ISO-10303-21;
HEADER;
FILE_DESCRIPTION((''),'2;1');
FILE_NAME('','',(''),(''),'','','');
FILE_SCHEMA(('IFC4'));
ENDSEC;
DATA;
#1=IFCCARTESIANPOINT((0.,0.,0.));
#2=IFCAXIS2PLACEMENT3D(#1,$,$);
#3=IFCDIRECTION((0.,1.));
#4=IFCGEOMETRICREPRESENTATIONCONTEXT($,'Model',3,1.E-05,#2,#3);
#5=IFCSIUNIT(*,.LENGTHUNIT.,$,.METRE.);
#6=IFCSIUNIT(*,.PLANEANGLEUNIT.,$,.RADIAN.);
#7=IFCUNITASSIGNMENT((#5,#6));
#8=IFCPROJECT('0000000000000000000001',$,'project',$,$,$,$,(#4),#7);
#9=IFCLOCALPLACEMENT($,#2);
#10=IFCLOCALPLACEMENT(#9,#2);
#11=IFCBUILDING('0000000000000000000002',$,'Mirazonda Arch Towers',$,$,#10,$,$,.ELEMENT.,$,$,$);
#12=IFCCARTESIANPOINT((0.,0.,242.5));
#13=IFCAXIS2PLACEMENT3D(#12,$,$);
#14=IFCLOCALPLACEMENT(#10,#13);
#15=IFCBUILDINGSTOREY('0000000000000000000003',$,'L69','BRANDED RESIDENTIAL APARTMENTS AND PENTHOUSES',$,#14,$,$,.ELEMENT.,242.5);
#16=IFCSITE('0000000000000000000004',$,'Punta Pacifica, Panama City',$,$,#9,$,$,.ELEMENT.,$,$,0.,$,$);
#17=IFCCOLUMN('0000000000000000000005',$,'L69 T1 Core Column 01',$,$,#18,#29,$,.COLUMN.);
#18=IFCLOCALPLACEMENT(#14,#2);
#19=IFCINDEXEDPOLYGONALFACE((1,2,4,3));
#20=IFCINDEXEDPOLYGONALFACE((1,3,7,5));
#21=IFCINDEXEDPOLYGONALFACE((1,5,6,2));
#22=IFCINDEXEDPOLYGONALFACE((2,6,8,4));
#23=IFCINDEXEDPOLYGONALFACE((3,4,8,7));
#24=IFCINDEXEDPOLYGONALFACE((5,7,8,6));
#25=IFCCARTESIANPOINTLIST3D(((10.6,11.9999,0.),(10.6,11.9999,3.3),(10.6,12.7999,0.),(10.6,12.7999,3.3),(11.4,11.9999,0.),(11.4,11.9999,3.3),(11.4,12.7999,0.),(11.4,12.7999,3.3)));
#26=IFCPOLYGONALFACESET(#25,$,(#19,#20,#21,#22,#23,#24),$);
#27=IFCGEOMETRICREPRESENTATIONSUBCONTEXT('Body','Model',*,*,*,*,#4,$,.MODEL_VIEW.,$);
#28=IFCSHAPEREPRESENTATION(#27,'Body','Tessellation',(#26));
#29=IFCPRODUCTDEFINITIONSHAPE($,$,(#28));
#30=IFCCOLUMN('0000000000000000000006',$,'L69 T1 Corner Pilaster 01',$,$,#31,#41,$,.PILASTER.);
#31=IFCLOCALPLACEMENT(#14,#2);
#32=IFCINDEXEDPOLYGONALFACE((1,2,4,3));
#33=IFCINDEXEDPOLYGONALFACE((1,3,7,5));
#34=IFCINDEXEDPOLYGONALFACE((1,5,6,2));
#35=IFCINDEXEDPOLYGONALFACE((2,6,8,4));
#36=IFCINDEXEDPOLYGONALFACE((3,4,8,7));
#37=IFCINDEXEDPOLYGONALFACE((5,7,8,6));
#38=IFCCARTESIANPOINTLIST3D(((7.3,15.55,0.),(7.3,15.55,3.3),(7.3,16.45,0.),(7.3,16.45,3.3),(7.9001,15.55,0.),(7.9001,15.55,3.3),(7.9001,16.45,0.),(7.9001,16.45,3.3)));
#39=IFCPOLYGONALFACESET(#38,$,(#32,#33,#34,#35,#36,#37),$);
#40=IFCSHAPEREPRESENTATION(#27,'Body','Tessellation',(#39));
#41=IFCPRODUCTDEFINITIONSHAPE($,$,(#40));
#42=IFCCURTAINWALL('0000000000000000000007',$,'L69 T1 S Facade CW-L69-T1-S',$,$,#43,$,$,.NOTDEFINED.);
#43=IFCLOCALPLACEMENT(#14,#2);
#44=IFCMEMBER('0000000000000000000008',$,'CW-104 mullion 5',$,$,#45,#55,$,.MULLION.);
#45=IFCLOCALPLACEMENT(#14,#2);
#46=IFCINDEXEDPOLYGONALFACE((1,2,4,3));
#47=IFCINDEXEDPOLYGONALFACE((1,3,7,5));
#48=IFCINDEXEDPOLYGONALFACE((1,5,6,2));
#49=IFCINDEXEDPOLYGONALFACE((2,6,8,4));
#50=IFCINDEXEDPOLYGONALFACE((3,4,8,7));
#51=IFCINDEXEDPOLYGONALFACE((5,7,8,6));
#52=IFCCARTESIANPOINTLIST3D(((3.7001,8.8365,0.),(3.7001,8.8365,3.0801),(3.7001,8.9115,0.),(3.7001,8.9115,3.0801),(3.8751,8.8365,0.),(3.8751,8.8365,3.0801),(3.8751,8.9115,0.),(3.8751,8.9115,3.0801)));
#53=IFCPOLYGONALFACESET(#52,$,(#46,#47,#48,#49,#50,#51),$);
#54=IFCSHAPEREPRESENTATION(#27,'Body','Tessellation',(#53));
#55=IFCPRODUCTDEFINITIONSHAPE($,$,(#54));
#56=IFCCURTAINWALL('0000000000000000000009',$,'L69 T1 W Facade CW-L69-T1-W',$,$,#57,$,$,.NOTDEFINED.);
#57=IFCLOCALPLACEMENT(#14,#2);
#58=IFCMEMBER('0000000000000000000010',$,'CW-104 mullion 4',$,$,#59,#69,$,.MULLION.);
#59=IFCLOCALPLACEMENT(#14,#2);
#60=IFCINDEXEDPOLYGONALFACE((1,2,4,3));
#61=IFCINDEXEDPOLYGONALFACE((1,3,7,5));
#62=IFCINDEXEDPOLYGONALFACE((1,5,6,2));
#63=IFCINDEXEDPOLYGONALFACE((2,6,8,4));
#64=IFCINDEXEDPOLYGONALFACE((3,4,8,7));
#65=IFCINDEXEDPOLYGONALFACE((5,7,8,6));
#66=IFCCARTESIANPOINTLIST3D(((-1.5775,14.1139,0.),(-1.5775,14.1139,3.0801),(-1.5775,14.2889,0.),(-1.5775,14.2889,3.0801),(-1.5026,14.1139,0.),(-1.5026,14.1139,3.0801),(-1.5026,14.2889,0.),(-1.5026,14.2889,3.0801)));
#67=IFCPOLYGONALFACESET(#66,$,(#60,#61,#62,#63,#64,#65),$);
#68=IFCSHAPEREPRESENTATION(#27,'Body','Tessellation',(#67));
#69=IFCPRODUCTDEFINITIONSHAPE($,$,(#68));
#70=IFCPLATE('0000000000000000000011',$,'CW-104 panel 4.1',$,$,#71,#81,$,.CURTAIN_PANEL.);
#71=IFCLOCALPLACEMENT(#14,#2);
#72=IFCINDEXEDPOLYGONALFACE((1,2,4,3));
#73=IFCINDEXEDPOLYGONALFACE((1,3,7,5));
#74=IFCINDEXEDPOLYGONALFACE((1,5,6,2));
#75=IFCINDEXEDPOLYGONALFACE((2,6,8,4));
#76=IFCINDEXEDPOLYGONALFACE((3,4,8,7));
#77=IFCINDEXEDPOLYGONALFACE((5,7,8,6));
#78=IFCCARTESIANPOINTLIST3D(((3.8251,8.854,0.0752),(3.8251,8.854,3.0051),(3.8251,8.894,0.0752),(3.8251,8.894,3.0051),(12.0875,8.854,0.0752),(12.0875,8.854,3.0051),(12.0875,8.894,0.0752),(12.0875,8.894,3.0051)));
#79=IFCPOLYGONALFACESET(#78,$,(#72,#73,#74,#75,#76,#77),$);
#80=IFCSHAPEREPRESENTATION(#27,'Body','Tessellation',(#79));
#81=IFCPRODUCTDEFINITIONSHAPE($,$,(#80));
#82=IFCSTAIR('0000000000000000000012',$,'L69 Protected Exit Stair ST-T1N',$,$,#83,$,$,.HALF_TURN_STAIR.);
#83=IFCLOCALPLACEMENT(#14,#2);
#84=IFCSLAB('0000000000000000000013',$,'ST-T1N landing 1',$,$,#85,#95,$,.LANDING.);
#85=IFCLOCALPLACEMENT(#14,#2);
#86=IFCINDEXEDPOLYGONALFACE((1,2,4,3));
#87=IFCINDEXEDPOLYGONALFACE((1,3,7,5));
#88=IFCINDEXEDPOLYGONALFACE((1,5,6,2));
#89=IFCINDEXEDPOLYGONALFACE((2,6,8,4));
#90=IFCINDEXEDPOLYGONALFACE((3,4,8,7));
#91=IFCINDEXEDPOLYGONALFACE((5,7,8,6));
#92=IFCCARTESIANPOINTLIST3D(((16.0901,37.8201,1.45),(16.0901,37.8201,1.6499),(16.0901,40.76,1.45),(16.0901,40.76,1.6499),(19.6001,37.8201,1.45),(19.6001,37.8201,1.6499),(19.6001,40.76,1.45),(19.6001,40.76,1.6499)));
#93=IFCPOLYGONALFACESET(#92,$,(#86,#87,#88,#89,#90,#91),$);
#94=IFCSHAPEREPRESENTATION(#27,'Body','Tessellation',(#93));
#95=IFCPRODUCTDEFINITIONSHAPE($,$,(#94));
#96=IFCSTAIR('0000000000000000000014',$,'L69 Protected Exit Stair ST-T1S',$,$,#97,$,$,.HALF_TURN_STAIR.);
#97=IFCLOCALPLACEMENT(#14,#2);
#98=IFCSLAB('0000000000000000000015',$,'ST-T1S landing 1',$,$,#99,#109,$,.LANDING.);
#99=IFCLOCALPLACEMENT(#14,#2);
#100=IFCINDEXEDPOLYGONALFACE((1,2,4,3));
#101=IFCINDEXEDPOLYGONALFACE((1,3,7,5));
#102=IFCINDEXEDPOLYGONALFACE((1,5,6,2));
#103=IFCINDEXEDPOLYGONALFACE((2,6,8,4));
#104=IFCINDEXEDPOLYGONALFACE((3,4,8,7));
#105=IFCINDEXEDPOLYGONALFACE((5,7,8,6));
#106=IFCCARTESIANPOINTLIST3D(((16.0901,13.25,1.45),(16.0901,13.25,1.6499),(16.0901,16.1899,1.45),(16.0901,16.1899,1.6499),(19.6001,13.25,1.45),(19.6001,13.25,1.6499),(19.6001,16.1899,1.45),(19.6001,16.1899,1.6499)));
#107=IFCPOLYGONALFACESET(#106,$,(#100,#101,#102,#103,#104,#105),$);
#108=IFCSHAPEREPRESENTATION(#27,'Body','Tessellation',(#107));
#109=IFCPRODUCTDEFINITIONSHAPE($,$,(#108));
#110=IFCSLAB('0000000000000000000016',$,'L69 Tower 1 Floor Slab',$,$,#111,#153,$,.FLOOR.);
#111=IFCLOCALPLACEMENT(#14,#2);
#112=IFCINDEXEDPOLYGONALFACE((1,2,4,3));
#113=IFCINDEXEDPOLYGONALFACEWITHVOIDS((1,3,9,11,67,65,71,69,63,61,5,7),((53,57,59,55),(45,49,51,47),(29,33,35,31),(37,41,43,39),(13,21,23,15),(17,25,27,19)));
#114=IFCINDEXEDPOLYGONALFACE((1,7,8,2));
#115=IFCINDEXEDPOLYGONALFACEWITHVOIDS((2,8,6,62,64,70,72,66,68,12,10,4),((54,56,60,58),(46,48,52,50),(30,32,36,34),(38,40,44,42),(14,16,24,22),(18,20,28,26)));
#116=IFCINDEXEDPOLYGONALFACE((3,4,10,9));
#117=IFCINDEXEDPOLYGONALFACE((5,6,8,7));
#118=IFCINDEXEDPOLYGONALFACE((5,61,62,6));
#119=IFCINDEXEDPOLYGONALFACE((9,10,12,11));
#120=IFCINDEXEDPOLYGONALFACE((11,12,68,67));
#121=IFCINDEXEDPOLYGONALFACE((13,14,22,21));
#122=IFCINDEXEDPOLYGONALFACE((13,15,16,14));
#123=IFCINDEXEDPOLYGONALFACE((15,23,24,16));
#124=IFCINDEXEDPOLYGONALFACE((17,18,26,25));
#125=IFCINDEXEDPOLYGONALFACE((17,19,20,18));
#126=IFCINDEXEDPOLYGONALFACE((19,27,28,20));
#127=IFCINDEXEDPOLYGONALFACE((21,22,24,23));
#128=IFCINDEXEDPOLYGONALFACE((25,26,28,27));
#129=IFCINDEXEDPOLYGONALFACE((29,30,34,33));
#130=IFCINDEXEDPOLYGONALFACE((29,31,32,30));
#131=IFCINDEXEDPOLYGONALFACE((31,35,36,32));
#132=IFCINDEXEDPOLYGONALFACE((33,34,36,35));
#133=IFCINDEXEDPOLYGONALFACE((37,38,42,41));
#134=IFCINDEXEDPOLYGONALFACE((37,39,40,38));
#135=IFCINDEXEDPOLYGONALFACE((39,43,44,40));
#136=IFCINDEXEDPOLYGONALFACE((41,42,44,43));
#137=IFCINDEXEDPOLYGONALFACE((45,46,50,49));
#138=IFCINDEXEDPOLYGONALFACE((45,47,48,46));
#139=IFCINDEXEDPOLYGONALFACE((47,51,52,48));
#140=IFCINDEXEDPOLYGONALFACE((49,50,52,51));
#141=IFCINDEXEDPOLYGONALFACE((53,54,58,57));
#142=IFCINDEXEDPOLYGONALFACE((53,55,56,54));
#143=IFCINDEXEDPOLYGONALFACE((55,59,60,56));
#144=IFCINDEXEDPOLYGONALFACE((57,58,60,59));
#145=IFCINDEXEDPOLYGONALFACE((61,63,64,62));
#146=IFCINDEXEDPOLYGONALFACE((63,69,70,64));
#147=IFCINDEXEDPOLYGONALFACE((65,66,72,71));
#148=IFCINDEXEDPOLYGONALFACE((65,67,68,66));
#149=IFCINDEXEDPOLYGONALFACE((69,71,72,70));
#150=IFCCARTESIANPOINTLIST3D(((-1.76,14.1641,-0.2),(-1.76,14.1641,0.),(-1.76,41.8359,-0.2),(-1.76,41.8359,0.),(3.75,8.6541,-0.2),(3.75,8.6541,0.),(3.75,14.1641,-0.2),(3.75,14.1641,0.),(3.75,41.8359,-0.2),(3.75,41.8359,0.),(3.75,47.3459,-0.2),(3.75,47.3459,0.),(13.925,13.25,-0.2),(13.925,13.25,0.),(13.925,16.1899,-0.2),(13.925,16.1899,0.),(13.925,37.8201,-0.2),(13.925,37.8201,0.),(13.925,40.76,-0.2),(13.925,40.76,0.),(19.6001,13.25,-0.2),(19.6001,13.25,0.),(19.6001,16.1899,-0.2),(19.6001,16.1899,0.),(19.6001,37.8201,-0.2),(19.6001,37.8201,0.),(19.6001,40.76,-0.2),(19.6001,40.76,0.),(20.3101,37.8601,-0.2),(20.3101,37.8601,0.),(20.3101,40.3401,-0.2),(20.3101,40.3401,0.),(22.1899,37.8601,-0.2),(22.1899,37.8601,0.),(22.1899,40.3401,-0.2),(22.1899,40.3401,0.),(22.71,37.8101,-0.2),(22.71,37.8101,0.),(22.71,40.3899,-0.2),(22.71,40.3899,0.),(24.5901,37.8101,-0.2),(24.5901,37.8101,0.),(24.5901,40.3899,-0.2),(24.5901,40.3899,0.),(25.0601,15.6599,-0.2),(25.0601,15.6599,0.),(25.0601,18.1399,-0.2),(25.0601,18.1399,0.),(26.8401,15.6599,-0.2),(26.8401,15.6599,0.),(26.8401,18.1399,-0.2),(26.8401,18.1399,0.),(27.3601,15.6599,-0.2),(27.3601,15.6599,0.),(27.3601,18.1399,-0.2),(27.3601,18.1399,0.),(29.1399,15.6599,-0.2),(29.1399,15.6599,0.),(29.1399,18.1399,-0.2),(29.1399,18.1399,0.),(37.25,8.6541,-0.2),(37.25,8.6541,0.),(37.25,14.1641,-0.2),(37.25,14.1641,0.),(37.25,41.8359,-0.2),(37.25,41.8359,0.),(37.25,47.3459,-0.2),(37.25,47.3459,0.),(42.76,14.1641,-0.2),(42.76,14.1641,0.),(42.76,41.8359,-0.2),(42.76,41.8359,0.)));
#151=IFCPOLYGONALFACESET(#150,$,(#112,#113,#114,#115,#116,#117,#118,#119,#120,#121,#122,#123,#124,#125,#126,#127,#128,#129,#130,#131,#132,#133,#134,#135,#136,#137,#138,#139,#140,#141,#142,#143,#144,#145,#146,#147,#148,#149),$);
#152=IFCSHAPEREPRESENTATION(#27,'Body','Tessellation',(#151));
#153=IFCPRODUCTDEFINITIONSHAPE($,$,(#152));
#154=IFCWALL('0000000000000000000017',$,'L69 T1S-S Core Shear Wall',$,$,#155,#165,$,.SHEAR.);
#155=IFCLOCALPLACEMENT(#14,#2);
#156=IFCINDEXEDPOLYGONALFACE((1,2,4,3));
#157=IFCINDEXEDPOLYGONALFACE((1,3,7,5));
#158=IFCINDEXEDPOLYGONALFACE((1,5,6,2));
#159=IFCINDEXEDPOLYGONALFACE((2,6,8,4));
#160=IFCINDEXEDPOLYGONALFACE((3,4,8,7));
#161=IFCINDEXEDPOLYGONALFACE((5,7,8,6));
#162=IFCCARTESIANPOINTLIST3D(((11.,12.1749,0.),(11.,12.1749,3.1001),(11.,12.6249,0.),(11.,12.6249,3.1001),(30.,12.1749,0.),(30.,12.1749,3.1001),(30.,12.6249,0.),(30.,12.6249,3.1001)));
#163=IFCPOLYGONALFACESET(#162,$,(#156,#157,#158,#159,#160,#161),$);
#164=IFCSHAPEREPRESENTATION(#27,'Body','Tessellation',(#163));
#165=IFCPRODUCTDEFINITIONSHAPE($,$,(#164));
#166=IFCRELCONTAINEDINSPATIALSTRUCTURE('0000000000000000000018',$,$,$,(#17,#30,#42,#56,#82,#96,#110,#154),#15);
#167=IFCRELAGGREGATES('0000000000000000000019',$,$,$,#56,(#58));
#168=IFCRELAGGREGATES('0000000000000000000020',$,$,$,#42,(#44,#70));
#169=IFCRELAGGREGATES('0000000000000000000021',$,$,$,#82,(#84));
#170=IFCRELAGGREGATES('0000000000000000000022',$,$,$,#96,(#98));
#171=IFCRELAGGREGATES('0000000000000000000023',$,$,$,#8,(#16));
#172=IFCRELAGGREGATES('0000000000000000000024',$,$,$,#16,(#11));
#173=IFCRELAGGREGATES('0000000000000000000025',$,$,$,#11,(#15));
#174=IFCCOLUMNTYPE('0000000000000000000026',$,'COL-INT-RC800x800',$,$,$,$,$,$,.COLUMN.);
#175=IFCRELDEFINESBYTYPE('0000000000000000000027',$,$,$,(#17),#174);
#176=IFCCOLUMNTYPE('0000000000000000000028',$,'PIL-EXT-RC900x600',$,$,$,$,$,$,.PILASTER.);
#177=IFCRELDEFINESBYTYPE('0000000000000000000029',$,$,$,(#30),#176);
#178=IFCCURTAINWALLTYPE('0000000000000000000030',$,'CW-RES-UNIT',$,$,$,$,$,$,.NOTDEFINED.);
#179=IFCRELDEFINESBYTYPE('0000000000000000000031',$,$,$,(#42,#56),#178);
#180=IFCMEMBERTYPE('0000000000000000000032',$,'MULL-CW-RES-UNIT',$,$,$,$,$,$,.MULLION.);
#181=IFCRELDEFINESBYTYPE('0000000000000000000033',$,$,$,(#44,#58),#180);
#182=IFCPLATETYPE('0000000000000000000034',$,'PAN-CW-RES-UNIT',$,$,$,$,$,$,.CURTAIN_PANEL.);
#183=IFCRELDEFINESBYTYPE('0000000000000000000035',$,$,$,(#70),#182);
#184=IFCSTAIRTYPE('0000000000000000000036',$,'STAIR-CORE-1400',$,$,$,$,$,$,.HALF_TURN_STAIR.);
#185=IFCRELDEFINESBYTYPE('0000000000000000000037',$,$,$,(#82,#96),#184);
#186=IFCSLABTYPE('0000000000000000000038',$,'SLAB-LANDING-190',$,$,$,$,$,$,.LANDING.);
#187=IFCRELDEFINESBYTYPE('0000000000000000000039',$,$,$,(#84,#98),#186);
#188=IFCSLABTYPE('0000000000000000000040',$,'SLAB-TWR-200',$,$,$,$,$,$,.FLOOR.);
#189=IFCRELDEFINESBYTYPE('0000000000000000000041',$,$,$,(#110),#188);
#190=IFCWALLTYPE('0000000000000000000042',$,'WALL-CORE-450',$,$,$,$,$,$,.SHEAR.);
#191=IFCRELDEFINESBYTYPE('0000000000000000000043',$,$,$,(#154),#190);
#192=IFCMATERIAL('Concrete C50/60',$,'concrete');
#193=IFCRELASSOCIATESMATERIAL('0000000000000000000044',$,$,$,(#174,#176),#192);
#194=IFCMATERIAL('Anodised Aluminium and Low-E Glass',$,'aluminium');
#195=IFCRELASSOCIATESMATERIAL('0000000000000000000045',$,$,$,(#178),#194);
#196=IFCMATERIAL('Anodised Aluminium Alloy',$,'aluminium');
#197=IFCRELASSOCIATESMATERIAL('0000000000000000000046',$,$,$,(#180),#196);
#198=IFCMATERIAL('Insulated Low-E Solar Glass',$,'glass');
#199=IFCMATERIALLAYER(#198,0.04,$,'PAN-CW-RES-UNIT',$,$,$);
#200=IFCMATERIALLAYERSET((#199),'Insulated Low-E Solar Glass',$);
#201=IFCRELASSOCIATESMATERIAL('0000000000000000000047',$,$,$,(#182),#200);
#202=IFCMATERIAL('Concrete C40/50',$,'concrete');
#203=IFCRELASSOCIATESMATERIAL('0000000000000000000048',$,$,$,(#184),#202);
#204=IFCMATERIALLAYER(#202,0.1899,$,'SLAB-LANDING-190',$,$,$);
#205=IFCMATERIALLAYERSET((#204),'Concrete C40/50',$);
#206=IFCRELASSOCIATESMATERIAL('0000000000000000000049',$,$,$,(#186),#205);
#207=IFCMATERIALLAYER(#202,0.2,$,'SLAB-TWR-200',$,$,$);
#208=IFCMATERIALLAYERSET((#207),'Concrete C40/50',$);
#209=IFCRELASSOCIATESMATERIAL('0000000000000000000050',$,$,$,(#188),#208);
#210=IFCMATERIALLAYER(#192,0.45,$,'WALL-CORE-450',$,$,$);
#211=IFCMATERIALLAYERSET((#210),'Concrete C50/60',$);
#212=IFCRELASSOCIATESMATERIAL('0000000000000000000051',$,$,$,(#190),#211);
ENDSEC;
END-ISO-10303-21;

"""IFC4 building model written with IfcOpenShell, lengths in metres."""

from ifc_helpers import new_model, si_unit, direction, frame, frame_2d, origin, origin_2d, place, context, subcontext, project, spatial, polyline, rectangle, outline, extrude, material, layer, layer_set, material_profile, profile_set, type_object, element, aggregate, save


model = new_model("IFC4")

# Units and contexts
model_context = context("Model", 3, precision=1e-05, world=origin(), true_north=direction((0.0, 1.0)))
body_context = subcontext(model_context, "Body", "Model", "MODEL_VIEW")
ifc_project = project(units=[si_unit("LENGTHUNIT", "METRE"), si_unit("PLANEANGLEUNIT", "RADIAN")], contexts=[model_context])

# Site, building, storey
site_placement = place(None, origin())
site = spatial("IfcSite", under=ifc_project, at=site_placement, Name="Punta Pacifica, Panama City", CompositionType="ELEMENT", RefElevation=0.0)
building_placement = place(site_placement, origin())
building = spatial("IfcBuilding", under=site, at=building_placement, Name="Mirazonda Arch Towers", CompositionType="ELEMENT")
storey_placement = place(building_placement, frame((0.0, 0.0, 242.5)))
storey = spatial("IfcBuildingStorey", under=building, at=storey_placement, Name="L69", Description="BRANDED RESIDENTIAL APARTMENTS AND PENTHOUSES", CompositionType="ELEMENT", Elevation=242.5)

# Columns
ifc_material_1 = material(Name="Concrete C50/60", Category="concrete")
ifc_material_profile_1 = material_profile(ifc_material_1, rectangle(XDim=0.8, YDim=0.8, at=origin_2d()), Name="RC800x800")
ifc_profile_set_1 = profile_set([ifc_material_profile_1], Name="Concrete C50/60")
column_type_1 = type_object("IfcColumnType", Name="COL-INT-RC800x800", PredefinedType="COLUMN", material=ifc_profile_set_1)
column_1_placement = place(storey_placement, frame((11.0, 12.3999, 0.0), z_axis=(0.0, 0.0, 1.0), x_axis=(1.0, 0.0, 0.0)))
element("IfcColumn", 1, at=column_1_placement, inside=storey, type_object=column_type_1, Name="L69 T1 Core Column 01", PredefinedType="COLUMN", context=body_context, shape_type="SweptSolid", body=[
    extrude(rectangle(XDim=0.8, YDim=0.8, at=origin_2d()), origin(), (0.0, 0.0, 1.0), 3.3),
])
ifc_material_profile_2 = material_profile(ifc_material_1, rectangle(XDim=0.6001, YDim=0.8999, at=origin_2d()), Name="RC900x600")
ifc_profile_set_2 = profile_set([ifc_material_profile_2], Name="Concrete C50/60")
column_type_2 = type_object("IfcColumnType", Name="PIL-EXT-RC900x600", PredefinedType="PILASTER", material=ifc_profile_set_2)
column_2_placement = place(storey_placement, frame((7.6001, 16.0, 0.0), z_axis=(0.0, 0.0, 1.0), x_axis=(1.0, 0.0, 0.0)))
element("IfcColumn", 2, at=column_2_placement, inside=storey, type_object=column_type_2, Name="L69 T1 Corner Pilaster 01", PredefinedType="PILASTER", context=body_context, shape_type="SweptSolid", body=[
    extrude(rectangle(XDim=0.6001, YDim=0.8999, at=origin_2d()), origin(), (0.0, 0.0, 1.0), 3.3),
])

# Curtain walls, members
ifc_material_2 = material(Name="Anodised Aluminium and Low-E Glass", Category="aluminium")
curtain_wall_type = type_object("IfcCurtainWallType", Name="CW-RES-UNIT", PredefinedType="NOTDEFINED", material=ifc_material_2)
curtain_wall_1_placement = place(storey_placement, origin())
curtain_wall_1 = element("IfcCurtainWall", 3, at=curtain_wall_1_placement, inside=storey, type_object=curtain_wall_type, Name="L69 T1 S Facade CW-L69-T1-S", PredefinedType="NOTDEFINED")
ifc_material_3 = material(Name="Anodised Aluminium Alloy", Category="aluminium")
ifc_material_profile_3 = material_profile(ifc_material_3, rectangle(XDim=0.075, YDim=0.175, at=origin_2d()), Name="ALU-MULL-75x175")
ifc_profile_set_3 = profile_set([ifc_material_profile_3], Name="Anodised Aluminium Alloy")
member_type = type_object("IfcMemberType", Name="MULL-CW-RES-UNIT", PredefinedType="MULLION", material=ifc_profile_set_3)
member_1_placement = place(storey_placement, frame((3.7876, 8.874, 0.0), z_axis=(0.0, 0.0, 1.0), x_axis=(0.0, -1.0, 0.0)))
member_1 = element("IfcMember", 4, at=member_1_placement, type_object=member_type, Name="CW-104 mullion 5", PredefinedType="MULLION", context=body_context, shape_type="SweptSolid", body=[
    extrude(rectangle(XDim=0.075, YDim=0.175, at=origin_2d()), origin(), (0.0, 0.0, 1.0), 3.0801),
])
curtain_wall_2_placement = place(storey_placement, origin())
curtain_wall_2 = element("IfcCurtainWall", 5, at=curtain_wall_2_placement, inside=storey, type_object=curtain_wall_type, Name="L69 T1 W Facade CW-L69-T1-W", PredefinedType="NOTDEFINED")
member_2_placement = place(storey_placement, frame((-1.54, 14.2014, 0.0), z_axis=(0.0, 0.0, 1.0), x_axis=(1.0, 0.0, 0.0)))
member_2 = element("IfcMember", 6, at=member_2_placement, type_object=member_type, Name="CW-104 mullion 4", PredefinedType="MULLION", context=body_context, shape_type="SweptSolid", body=[
    extrude(rectangle(XDim=0.075, YDim=0.175, at=origin_2d()), origin(), (0.0, 0.0, 1.0), 3.0801),
])
aggregate(curtain_wall_2, [member_2])

# Plate
ifc_material_4 = material(Name="Insulated Low-E Solar Glass", Category="glass")
ifc_layer_1 = layer(ifc_material_4, 0.04, Name="PAN-CW-RES-UNIT")
ifc_layer_set_1 = layer_set([ifc_layer_1], Name="Insulated Low-E Solar Glass")
plate_type = type_object("IfcPlateType", Name="PAN-CW-RES-UNIT", PredefinedType="CURTAIN_PANEL", material=ifc_layer_set_1)
plate_placement = place(storey_placement, frame((7.9563, 8.874, 0.0752), z_axis=(0.0, 0.0, 1.0), x_axis=(-1.0, 0.0, 0.0)))
plate = element("IfcPlate", 7, at=plate_placement, type_object=plate_type, Name="CW-104 panel 4.1", PredefinedType="CURTAIN_PANEL", context=body_context, shape_type="SweptSolid", body=[
    extrude(rectangle(XDim=8.2625, YDim=0.04, at=origin_2d()), origin(), (0.0, 0.0, 1.0), 2.9299),
])
aggregate(curtain_wall_1, [member_1, plate])

# Stairs, slabs
ifc_material_5 = material(Name="Concrete C40/50", Category="concrete")
stair_type = type_object("IfcStairType", Name="STAIR-CORE-1400", PredefinedType="HALF_TURN_STAIR", material=ifc_material_5)
stair_1_placement = place(storey_placement, origin())
stair_1 = element("IfcStair", 8, at=stair_1_placement, inside=storey, type_object=stair_type, Name="L69 Protected Exit Stair ST-T1N", PredefinedType="HALF_TURN_STAIR")
ifc_layer_2 = layer(ifc_material_5, 0.1899, Name="SLAB-LANDING-190")
ifc_layer_set_2 = layer_set([ifc_layer_2], Name="Concrete C40/50")
slab_type_1 = type_object("IfcSlabType", Name="SLAB-LANDING-190", PredefinedType="LANDING", material=ifc_layer_set_2)
slab_1_placement = place(storey_placement, frame((0.0, 0.0, 1.45)))
slab_1 = element("IfcSlab", 9, at=slab_1_placement, type_object=slab_type_1, Name="ST-T1N landing 1", PredefinedType="LANDING", context=body_context, shape_type="SweptSolid", body=[
    extrude(outline(polyline([(16.0901, 37.8201), (19.6001, 37.8201), (19.6001, 40.76), (16.0901, 40.76), (16.0901, 37.8201)])), origin(), (0.0, 0.0, 1.0), 0.2),
])
aggregate(stair_1, [slab_1])
stair_2_placement = place(storey_placement, origin())
stair_2 = element("IfcStair", 10, at=stair_2_placement, inside=storey, type_object=stair_type, Name="L69 Protected Exit Stair ST-T1S", PredefinedType="HALF_TURN_STAIR")
slab_2_placement = place(storey_placement, frame((0.0, 0.0, 1.45)))
slab_2 = element("IfcSlab", 11, at=slab_2_placement, type_object=slab_type_1, Name="ST-T1S landing 1", PredefinedType="LANDING", context=body_context, shape_type="SweptSolid", body=[
    extrude(outline(polyline([(16.0901, 13.25), (19.6001, 13.25), (19.6001, 16.1899), (16.0901, 16.1899), (16.0901, 13.25)])), origin(), (0.0, 0.0, 1.0), 0.2),
])
aggregate(stair_2, [slab_2])

# Slab
ifc_layer_3 = layer(ifc_material_5, 0.2, Name="SLAB-TWR-200")
ifc_layer_set_3 = layer_set([ifc_layer_3], Name="Concrete C40/50")
slab_type_2 = type_object("IfcSlabType", Name="SLAB-TWR-200", PredefinedType="FLOOR", material=ifc_layer_set_3)
slab_3_placement = place(storey_placement, frame((0.0, 0.0, -0.2)))
element("IfcSlab", 12, at=slab_3_placement, inside=storey, type_object=slab_type_2, Name="L69 Tower 1 Floor Slab", PredefinedType="FLOOR", context=body_context, shape_type="SweptSolid", body=[
    extrude(outline(polyline([(3.75, 8.6541), (37.25, 8.6541), (37.25, 14.1641), (42.76, 14.1641), (42.76, 41.8359), (37.25, 41.8359), (37.25, 47.3459), (3.75, 47.3459), (3.75, 41.8359), (-1.76, 41.8359), (-1.76, 14.1641), (3.75, 14.1641), (3.75, 8.6541)]), holes=[polyline([(27.3601, 18.1399), (29.1399, 18.1399), (29.1399, 15.6599), (27.3601, 15.6599), (27.3601, 18.1399)]), polyline([(25.0601, 18.1399), (26.8401, 18.1399), (26.8401, 15.6599), (25.0601, 15.6599), (25.0601, 18.1399)]), polyline([(22.71, 40.3899), (24.5901, 40.3899), (24.5901, 37.8101), (22.71, 37.8101), (22.71, 40.3899)]), polyline([(20.3101, 37.8601), (20.3101, 40.3401), (22.1899, 40.3401), (22.1899, 37.8601), (20.3101, 37.8601)]), polyline([(19.6001, 13.25), (13.925, 13.25), (13.925, 16.1899), (19.6001, 16.1899), (19.6001, 13.25)]), polyline([(13.925, 37.8201), (13.925, 40.76), (19.6001, 40.76), (19.6001, 37.8201), (13.925, 37.8201)])]), origin(), (0.0, 0.0, 1.0), 0.2),
])

# Wall
ifc_layer_4 = layer(ifc_material_1, 0.45, Name="WALL-CORE-450")
ifc_layer_set_4 = layer_set([ifc_layer_4], Name="Concrete C50/60")
wall_type_1 = type_object("IfcWallType", Name="WALL-CORE-450", PredefinedType="SHEAR", material=ifc_layer_set_4)
wall_1_placement = place(storey_placement, frame((11.0, 12.3999, 0.0), z_axis=(0.0, 0.0, 1.0), x_axis=(1.0, 0.0, 0.0)))
element("IfcWall", 13, at=wall_1_placement, inside=storey, type_object=wall_type_1, Name="L69 T1S-S Core Shear Wall", PredefinedType="SHEAR", context=body_context, shape_type="SweptSolid", body=[
    extrude(rectangle(XDim=19.0, YDim=0.45, at=frame_2d((9.5, 0.0))), origin(), (0.0, 0.0, 1.0), 3.1001),
])

save(model, "model.ifc")
